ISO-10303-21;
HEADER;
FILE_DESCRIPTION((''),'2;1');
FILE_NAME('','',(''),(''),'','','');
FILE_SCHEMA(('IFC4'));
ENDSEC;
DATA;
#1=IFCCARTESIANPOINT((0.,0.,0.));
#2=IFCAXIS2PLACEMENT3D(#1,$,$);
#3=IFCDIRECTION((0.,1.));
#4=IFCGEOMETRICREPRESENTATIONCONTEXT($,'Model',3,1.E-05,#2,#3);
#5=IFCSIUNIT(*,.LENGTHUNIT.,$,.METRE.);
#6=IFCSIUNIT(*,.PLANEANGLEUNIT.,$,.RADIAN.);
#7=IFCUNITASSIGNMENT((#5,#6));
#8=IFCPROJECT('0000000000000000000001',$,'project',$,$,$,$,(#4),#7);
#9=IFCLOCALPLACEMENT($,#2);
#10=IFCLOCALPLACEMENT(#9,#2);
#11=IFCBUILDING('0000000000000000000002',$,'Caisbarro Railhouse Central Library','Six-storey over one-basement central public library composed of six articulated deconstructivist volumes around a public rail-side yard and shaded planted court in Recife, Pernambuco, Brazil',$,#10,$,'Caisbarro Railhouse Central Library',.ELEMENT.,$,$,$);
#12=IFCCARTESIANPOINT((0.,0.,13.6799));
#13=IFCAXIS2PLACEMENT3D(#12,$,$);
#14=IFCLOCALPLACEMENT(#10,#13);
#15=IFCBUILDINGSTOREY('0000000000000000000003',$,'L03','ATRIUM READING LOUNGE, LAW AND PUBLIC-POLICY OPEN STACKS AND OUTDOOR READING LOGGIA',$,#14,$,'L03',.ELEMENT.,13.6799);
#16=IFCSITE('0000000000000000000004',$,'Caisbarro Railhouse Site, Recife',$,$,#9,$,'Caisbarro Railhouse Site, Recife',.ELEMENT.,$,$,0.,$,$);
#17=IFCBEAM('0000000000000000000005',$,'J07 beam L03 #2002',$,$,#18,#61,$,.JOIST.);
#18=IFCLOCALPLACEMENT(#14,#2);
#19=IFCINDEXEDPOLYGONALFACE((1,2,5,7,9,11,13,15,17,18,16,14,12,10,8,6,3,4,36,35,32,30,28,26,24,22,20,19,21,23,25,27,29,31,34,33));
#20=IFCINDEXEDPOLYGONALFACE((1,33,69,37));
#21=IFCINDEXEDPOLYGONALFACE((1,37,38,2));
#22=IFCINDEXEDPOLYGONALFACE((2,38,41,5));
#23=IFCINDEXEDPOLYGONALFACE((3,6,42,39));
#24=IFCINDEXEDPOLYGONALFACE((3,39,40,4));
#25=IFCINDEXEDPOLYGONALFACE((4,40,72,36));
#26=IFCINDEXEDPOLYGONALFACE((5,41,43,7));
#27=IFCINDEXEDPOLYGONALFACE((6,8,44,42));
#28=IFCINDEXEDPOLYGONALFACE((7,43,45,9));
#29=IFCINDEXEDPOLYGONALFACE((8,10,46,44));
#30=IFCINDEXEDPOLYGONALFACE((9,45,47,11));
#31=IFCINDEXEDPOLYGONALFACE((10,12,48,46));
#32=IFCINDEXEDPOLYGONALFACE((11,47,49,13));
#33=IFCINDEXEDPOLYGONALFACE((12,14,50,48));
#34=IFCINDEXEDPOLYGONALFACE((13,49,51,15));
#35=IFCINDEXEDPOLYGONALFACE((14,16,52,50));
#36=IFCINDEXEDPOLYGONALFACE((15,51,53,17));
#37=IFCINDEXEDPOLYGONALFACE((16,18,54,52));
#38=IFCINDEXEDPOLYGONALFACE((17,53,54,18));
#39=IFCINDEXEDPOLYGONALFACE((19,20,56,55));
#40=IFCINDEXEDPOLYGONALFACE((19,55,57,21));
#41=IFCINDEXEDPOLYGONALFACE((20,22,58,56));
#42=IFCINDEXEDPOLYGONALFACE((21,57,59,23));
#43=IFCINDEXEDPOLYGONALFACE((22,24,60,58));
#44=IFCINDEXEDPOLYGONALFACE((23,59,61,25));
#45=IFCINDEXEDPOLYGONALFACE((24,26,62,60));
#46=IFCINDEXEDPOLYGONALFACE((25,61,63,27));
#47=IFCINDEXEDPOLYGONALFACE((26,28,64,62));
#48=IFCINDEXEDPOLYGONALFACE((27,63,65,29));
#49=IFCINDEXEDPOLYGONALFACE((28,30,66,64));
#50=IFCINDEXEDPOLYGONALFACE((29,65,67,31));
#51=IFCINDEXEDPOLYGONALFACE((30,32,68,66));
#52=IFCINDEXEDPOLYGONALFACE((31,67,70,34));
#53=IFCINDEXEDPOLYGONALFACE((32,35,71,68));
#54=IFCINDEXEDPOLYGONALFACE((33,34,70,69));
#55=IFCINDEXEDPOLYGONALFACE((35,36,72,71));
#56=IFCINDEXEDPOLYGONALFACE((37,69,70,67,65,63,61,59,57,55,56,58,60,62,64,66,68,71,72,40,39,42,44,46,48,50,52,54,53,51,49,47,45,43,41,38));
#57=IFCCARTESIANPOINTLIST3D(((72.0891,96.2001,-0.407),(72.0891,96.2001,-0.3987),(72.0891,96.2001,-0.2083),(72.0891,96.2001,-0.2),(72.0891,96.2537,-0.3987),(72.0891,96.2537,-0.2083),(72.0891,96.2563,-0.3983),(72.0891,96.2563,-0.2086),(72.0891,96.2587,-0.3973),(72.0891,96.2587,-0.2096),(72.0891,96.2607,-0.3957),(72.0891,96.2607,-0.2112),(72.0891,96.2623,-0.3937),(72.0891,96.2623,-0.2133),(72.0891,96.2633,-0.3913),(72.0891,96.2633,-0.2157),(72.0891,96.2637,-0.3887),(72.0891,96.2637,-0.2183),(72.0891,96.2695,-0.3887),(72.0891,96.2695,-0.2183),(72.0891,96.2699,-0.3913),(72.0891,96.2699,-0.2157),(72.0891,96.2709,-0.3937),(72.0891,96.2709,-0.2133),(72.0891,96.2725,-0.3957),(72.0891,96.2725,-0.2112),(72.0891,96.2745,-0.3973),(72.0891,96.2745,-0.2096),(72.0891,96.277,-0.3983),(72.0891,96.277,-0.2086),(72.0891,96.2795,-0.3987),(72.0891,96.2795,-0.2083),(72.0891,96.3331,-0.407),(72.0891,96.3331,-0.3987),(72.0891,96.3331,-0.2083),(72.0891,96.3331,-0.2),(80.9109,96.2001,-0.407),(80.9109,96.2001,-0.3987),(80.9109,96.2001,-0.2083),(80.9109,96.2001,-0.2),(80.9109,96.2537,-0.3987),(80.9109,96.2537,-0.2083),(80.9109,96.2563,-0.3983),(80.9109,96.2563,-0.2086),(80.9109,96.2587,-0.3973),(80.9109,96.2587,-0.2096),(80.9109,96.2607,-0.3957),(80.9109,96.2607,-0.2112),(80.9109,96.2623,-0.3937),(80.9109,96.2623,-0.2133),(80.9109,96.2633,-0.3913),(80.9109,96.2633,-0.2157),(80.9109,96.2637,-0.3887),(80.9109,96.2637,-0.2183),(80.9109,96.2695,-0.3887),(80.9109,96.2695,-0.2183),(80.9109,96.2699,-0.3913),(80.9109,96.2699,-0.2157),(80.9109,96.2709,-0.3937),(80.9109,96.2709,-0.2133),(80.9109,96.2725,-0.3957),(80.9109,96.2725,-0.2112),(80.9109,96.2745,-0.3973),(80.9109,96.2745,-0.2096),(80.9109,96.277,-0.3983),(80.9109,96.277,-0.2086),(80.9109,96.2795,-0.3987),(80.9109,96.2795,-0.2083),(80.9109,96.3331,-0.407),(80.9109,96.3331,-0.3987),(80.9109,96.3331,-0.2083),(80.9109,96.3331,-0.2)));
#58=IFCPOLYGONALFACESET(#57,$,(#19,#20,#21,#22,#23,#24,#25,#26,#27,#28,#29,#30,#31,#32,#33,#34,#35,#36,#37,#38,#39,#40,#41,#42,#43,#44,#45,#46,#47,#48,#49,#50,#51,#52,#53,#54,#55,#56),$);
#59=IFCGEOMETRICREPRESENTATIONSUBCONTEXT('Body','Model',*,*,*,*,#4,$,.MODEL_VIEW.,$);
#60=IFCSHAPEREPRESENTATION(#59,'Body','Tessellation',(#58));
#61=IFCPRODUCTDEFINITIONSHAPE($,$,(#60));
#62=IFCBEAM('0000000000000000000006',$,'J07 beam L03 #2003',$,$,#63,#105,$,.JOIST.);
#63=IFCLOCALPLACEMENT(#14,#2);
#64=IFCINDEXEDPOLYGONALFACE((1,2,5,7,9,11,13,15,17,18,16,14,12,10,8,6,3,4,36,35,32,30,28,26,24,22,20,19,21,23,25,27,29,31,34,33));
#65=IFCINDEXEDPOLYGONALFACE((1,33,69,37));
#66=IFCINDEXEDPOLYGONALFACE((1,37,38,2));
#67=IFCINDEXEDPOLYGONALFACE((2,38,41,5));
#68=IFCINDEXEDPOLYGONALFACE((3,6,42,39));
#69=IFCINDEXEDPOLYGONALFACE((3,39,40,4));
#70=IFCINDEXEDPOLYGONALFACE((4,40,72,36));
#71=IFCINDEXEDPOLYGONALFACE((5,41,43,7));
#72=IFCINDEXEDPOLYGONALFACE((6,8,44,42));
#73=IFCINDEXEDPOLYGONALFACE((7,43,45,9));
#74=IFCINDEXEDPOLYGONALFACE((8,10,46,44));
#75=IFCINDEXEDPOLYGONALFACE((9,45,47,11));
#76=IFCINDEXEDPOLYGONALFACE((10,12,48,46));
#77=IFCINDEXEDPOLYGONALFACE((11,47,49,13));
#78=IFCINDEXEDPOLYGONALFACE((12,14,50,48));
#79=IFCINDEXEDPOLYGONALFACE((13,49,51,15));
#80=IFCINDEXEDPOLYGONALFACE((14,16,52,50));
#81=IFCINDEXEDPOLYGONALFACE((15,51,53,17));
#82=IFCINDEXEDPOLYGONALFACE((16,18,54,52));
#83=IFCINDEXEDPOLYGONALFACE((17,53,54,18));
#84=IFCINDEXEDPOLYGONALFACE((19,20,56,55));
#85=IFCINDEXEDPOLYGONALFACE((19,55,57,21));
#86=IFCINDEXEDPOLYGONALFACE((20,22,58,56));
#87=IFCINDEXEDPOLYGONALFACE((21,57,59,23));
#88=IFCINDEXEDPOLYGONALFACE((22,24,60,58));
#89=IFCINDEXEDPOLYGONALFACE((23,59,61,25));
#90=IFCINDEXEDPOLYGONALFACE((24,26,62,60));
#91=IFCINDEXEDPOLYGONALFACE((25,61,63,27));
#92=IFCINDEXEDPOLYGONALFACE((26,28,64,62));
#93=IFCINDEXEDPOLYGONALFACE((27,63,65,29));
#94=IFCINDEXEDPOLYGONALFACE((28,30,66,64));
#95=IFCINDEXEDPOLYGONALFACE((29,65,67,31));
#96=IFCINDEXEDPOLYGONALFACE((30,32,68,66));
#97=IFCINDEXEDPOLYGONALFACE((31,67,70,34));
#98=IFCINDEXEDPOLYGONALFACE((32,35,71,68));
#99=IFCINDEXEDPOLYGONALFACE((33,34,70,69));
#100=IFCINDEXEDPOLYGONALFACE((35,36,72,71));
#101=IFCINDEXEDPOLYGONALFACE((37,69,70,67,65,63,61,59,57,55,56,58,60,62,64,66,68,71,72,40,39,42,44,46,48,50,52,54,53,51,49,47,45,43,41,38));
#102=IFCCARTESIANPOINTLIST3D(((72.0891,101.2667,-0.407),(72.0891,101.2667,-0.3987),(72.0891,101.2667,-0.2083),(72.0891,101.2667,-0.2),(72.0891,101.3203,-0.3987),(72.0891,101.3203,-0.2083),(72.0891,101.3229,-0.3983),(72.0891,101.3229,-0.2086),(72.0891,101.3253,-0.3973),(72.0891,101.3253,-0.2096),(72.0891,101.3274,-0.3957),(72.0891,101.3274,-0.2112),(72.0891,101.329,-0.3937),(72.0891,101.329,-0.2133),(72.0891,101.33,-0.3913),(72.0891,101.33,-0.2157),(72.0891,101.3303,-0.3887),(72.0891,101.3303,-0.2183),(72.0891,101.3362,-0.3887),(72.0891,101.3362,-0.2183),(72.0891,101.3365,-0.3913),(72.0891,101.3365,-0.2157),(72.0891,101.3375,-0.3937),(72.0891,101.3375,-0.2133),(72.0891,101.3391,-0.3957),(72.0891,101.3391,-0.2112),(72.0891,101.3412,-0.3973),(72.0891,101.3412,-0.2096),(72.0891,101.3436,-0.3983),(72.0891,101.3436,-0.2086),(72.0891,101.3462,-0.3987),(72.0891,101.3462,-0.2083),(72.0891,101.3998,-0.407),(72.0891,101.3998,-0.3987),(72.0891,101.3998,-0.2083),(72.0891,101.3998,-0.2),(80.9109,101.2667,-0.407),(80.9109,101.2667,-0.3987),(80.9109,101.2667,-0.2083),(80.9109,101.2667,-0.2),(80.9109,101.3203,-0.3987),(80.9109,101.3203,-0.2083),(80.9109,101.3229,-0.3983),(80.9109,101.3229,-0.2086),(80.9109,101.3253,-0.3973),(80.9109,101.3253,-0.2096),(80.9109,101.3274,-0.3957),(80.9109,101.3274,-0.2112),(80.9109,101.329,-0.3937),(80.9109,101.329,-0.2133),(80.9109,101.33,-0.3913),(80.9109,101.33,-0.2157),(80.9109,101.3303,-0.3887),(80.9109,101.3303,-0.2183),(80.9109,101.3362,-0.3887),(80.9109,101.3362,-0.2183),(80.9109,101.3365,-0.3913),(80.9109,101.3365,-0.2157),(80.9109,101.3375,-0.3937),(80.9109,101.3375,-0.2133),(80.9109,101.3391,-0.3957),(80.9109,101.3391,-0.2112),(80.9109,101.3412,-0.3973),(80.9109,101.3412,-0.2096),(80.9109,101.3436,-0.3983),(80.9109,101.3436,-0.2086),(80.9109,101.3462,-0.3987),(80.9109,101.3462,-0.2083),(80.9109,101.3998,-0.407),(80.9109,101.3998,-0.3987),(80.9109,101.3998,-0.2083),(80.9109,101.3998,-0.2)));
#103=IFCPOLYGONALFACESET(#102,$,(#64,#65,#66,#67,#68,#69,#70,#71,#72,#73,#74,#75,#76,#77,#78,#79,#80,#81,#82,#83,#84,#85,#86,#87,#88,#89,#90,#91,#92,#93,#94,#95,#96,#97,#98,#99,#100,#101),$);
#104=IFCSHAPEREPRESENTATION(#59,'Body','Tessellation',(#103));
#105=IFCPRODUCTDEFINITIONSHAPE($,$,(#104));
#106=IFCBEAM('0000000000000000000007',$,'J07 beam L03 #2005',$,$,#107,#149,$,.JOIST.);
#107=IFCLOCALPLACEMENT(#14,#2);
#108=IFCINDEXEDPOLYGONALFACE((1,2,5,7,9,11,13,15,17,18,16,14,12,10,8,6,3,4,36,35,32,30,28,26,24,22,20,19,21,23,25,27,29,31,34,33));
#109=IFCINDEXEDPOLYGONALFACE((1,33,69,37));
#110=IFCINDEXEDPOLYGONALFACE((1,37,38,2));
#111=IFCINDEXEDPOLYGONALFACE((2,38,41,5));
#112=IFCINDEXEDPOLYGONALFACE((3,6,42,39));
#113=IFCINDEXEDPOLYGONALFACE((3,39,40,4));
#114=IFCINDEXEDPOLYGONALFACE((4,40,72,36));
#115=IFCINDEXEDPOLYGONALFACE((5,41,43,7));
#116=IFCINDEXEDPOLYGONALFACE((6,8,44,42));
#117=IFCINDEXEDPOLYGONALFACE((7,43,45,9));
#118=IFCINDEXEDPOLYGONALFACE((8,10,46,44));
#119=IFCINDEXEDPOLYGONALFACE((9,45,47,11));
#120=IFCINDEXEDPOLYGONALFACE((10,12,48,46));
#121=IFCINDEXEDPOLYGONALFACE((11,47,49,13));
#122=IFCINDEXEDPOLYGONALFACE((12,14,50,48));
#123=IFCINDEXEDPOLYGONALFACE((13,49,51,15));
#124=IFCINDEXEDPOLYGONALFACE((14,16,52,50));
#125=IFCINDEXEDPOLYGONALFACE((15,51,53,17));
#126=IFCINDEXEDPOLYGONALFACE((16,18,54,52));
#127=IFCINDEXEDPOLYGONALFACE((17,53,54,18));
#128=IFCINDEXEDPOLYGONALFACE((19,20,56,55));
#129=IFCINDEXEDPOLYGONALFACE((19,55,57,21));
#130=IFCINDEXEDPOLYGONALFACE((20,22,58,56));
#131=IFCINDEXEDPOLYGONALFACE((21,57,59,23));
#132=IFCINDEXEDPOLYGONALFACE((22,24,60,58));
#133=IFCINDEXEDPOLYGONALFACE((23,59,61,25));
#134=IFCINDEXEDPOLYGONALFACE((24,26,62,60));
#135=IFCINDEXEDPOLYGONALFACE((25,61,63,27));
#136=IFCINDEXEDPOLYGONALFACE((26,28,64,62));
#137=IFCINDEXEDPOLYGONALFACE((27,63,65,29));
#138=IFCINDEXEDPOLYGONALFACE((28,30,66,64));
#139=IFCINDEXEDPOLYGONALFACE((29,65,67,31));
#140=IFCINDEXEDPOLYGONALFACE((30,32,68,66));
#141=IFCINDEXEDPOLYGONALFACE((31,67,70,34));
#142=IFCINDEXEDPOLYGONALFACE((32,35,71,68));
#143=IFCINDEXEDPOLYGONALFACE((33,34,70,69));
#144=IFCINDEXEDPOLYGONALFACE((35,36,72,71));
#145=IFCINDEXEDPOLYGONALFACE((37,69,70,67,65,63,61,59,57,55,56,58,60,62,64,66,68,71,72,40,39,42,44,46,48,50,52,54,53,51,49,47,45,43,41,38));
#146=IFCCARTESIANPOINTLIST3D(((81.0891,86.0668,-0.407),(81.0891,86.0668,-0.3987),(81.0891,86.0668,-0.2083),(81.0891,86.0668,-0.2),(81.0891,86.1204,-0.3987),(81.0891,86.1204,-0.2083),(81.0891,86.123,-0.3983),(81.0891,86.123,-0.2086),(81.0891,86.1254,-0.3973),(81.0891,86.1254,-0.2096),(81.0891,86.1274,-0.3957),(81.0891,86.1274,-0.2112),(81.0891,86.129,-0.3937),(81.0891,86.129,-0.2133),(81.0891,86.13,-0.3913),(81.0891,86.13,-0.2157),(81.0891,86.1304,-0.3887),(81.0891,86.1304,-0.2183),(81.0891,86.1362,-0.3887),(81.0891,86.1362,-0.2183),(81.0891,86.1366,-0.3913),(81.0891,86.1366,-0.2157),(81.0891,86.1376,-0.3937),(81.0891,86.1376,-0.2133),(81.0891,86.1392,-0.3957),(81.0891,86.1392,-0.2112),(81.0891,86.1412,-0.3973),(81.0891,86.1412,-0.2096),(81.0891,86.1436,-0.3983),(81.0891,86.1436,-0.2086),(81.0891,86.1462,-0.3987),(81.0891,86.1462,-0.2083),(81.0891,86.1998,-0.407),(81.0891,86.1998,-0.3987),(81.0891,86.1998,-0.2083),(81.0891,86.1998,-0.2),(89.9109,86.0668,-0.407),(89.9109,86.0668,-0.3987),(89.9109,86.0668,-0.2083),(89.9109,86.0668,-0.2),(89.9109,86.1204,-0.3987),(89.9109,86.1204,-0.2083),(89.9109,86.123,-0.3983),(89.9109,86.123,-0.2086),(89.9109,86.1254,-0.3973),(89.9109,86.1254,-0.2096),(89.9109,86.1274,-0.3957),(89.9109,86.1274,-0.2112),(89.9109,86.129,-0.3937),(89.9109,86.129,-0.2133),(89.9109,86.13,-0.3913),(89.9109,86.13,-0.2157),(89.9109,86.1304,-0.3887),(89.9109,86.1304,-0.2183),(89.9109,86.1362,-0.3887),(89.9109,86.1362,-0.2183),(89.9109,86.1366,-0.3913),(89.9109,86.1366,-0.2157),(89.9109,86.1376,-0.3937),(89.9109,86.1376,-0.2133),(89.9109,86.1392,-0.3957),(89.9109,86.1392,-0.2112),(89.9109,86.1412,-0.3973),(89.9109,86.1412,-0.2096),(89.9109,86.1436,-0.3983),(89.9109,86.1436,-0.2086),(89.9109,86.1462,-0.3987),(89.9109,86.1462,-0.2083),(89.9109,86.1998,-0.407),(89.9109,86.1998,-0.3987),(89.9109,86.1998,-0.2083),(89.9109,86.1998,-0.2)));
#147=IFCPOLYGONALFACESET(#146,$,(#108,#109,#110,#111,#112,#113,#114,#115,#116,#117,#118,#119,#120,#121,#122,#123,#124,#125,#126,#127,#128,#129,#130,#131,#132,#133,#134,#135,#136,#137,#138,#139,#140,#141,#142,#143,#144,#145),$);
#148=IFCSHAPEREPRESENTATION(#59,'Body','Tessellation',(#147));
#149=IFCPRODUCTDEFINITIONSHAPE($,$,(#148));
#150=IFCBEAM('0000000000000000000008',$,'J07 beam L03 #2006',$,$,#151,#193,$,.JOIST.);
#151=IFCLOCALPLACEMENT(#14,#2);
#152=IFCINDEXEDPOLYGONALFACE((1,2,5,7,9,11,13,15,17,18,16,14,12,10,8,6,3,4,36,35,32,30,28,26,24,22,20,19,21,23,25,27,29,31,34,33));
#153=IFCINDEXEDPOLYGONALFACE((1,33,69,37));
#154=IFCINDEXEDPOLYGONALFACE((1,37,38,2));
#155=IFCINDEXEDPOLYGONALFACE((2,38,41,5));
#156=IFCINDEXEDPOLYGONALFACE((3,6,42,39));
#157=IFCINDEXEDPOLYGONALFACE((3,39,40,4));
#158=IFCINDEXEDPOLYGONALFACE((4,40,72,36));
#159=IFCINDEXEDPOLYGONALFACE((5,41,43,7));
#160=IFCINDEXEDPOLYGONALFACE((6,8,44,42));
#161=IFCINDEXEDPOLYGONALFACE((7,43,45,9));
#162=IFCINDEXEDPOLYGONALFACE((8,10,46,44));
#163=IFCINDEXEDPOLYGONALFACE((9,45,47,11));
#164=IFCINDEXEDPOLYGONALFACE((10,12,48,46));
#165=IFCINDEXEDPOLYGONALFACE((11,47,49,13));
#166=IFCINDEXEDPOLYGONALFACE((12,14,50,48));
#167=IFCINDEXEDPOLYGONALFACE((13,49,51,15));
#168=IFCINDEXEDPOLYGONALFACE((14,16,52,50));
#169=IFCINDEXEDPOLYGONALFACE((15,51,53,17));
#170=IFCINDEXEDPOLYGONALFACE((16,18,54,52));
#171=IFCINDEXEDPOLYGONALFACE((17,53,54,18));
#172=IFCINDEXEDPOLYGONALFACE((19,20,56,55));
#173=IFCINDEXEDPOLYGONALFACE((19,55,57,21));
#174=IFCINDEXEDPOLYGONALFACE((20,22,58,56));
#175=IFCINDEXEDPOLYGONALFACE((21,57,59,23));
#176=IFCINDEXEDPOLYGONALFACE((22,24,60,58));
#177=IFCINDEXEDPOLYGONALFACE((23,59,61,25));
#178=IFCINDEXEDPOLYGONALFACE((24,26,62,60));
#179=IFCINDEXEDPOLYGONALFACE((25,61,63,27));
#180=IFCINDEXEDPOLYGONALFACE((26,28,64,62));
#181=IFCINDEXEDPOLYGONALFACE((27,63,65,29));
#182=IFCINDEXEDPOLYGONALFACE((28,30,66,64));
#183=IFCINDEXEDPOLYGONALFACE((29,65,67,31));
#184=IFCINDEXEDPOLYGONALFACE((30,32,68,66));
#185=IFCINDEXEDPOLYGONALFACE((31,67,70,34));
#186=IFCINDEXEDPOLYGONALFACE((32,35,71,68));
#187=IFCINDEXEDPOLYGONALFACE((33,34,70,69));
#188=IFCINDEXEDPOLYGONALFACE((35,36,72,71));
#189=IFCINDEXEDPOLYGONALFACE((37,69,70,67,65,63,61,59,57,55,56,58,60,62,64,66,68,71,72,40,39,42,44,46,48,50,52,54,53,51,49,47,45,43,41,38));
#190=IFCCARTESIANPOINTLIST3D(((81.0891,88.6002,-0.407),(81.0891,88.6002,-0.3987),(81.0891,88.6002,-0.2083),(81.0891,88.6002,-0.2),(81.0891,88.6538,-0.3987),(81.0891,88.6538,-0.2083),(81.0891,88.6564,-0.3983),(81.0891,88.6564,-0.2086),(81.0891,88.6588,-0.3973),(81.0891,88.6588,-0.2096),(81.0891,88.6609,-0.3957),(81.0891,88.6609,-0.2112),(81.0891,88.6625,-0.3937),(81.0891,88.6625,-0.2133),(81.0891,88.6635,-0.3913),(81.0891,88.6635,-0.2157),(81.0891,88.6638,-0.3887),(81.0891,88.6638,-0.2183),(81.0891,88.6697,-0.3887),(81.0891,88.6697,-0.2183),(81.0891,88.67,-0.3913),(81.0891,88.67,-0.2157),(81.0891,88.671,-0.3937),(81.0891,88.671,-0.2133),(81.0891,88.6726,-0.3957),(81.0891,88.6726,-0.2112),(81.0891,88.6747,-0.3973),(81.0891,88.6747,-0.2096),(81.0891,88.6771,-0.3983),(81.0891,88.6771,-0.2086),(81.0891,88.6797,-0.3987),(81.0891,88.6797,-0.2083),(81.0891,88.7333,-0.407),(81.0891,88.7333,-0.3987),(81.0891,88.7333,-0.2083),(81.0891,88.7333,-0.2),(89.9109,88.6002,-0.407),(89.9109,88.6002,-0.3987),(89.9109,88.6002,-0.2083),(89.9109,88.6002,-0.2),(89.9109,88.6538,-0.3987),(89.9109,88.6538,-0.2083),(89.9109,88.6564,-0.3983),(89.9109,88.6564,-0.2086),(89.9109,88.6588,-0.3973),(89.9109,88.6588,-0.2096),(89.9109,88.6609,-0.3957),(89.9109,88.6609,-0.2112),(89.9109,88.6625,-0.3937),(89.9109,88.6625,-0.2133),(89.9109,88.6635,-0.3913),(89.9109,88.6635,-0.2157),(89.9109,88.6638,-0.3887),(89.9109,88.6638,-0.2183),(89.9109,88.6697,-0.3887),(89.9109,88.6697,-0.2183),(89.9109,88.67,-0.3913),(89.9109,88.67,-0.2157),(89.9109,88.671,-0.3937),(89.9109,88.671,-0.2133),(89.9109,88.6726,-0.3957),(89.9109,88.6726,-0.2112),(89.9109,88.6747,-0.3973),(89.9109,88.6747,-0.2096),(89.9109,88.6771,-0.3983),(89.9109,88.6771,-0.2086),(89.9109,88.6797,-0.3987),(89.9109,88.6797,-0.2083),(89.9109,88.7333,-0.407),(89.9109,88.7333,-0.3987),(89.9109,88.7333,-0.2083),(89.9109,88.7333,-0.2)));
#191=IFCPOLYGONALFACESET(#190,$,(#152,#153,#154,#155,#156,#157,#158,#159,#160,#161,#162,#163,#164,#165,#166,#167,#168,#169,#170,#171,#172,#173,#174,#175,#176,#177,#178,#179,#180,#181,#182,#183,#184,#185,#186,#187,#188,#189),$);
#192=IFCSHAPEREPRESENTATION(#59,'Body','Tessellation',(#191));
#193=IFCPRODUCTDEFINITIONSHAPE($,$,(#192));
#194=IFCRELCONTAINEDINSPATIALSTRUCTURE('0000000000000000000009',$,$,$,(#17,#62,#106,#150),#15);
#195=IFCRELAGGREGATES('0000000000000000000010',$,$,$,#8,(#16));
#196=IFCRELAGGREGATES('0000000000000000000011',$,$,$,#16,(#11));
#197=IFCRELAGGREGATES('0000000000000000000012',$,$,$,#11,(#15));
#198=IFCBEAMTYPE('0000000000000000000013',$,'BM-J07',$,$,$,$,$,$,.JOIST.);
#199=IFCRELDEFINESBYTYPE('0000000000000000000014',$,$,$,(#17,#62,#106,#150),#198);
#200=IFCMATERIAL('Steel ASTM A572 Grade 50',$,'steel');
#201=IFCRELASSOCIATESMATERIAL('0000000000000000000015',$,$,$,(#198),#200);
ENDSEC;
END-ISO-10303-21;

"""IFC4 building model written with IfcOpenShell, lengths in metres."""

from ifc_helpers import new_model, si_unit, direction, frame, origin, origin_2d, place, context, subcontext, project, spatial, i_section, extrude, material, material_profile, profile_set, type_object, element, save


model = new_model("IFC4")

# Units and contexts
model_context = context("Model", 3, precision=1e-05, world=origin(), true_north=direction((0.0, 1.0)))
body_context = subcontext(model_context, "Body", "Model", "MODEL_VIEW")
ifc_project = project(units=[si_unit("LENGTHUNIT", "METRE"), si_unit("PLANEANGLEUNIT", "RADIAN")], contexts=[model_context])

# Site, building, storey
site_placement = place(None, origin())
site = spatial("IfcSite", under=ifc_project, at=site_placement, Name="Caisbarro Railhouse Site, Recife", LongName="Caisbarro Railhouse Site, Recife", CompositionType="ELEMENT", RefElevation=0.0)
building_placement = place(site_placement, origin())
building = spatial("IfcBuilding", under=site, at=building_placement, Name="Caisbarro Railhouse Central Library", Description="Six-storey over one-basement central public library composed of six articulated deconstructivist volumes around a public rail-side yard and shaded planted court in Recife, Pernambuco, Brazil", LongName="Caisbarro Railhouse Central Library", CompositionType="ELEMENT")
storey_placement = place(building_placement, frame((0.0, 0.0, 13.6799)))
storey = spatial("IfcBuildingStorey", under=building, at=storey_placement, Name="L03", Description="ATRIUM READING LOUNGE, LAW AND PUBLIC-POLICY OPEN STACKS AND OUTDOOR READING LOGGIA", LongName="L03", CompositionType="ELEMENT", Elevation=13.6799)

# Shared definitions
ifc_material_1 = material(Name="Steel ASTM A572 Grade 50", Category="steel")

# Beams
ifc_material_profile_1 = material_profile(ifc_material_1, i_section(OverallWidth=0.1331, OverallDepth=0.207, WebThickness=0.0059, FlangeThickness=0.0083, FilletRadius=0.01, at=origin_2d()), Name="W200X26.6")
ifc_profile_set_1 = profile_set([ifc_material_profile_1], Name="Steel ASTM A572 Grade 50")
beam_type_1 = type_object("IfcBeamType", Name="BM-J07", PredefinedType="JOIST", material=ifc_profile_set_1)
for number, where, z_axis, x_axis, name in (
    (1, (72.0891, 96.2666, -0.3035), (1.0, 0.0, 0.0), (0.0, 1.0, 0.0), "J07 beam L03 #2002"),
    (2, (72.0891, 101.3333, -0.3035), (1.0, 0.0, 0.0), (0.0, 1.0, 0.0), "J07 beam L03 #2003"),
    (3, (81.0891, 86.1333, -0.3035), (1.0, 0.0, 0.0), (0.0, 1.0, 0.0), "J07 beam L03 #2005"),
    (4, (81.0891, 88.6667, -0.3035), (1.0, 0.0, 0.0), (0.0, 1.0, 0.0), "J07 beam L03 #2006"),
):
    element("IfcBeam", number, at=place(storey_placement, frame(where, z_axis=z_axis, x_axis=x_axis)), inside=storey, type_object=beam_type_1, Name=name, PredefinedType="JOIST", context=body_context, shape_type="SweptSolid", body=[
        extrude(i_section(OverallWidth=0.1331, OverallDepth=0.207, WebThickness=0.0059, FlangeThickness=0.0083, FilletRadius=0.01, at=origin_2d()), origin(), (0.0, 0.0, 1.0), 8.8218),
    ])

save(model, "model.ifc")
